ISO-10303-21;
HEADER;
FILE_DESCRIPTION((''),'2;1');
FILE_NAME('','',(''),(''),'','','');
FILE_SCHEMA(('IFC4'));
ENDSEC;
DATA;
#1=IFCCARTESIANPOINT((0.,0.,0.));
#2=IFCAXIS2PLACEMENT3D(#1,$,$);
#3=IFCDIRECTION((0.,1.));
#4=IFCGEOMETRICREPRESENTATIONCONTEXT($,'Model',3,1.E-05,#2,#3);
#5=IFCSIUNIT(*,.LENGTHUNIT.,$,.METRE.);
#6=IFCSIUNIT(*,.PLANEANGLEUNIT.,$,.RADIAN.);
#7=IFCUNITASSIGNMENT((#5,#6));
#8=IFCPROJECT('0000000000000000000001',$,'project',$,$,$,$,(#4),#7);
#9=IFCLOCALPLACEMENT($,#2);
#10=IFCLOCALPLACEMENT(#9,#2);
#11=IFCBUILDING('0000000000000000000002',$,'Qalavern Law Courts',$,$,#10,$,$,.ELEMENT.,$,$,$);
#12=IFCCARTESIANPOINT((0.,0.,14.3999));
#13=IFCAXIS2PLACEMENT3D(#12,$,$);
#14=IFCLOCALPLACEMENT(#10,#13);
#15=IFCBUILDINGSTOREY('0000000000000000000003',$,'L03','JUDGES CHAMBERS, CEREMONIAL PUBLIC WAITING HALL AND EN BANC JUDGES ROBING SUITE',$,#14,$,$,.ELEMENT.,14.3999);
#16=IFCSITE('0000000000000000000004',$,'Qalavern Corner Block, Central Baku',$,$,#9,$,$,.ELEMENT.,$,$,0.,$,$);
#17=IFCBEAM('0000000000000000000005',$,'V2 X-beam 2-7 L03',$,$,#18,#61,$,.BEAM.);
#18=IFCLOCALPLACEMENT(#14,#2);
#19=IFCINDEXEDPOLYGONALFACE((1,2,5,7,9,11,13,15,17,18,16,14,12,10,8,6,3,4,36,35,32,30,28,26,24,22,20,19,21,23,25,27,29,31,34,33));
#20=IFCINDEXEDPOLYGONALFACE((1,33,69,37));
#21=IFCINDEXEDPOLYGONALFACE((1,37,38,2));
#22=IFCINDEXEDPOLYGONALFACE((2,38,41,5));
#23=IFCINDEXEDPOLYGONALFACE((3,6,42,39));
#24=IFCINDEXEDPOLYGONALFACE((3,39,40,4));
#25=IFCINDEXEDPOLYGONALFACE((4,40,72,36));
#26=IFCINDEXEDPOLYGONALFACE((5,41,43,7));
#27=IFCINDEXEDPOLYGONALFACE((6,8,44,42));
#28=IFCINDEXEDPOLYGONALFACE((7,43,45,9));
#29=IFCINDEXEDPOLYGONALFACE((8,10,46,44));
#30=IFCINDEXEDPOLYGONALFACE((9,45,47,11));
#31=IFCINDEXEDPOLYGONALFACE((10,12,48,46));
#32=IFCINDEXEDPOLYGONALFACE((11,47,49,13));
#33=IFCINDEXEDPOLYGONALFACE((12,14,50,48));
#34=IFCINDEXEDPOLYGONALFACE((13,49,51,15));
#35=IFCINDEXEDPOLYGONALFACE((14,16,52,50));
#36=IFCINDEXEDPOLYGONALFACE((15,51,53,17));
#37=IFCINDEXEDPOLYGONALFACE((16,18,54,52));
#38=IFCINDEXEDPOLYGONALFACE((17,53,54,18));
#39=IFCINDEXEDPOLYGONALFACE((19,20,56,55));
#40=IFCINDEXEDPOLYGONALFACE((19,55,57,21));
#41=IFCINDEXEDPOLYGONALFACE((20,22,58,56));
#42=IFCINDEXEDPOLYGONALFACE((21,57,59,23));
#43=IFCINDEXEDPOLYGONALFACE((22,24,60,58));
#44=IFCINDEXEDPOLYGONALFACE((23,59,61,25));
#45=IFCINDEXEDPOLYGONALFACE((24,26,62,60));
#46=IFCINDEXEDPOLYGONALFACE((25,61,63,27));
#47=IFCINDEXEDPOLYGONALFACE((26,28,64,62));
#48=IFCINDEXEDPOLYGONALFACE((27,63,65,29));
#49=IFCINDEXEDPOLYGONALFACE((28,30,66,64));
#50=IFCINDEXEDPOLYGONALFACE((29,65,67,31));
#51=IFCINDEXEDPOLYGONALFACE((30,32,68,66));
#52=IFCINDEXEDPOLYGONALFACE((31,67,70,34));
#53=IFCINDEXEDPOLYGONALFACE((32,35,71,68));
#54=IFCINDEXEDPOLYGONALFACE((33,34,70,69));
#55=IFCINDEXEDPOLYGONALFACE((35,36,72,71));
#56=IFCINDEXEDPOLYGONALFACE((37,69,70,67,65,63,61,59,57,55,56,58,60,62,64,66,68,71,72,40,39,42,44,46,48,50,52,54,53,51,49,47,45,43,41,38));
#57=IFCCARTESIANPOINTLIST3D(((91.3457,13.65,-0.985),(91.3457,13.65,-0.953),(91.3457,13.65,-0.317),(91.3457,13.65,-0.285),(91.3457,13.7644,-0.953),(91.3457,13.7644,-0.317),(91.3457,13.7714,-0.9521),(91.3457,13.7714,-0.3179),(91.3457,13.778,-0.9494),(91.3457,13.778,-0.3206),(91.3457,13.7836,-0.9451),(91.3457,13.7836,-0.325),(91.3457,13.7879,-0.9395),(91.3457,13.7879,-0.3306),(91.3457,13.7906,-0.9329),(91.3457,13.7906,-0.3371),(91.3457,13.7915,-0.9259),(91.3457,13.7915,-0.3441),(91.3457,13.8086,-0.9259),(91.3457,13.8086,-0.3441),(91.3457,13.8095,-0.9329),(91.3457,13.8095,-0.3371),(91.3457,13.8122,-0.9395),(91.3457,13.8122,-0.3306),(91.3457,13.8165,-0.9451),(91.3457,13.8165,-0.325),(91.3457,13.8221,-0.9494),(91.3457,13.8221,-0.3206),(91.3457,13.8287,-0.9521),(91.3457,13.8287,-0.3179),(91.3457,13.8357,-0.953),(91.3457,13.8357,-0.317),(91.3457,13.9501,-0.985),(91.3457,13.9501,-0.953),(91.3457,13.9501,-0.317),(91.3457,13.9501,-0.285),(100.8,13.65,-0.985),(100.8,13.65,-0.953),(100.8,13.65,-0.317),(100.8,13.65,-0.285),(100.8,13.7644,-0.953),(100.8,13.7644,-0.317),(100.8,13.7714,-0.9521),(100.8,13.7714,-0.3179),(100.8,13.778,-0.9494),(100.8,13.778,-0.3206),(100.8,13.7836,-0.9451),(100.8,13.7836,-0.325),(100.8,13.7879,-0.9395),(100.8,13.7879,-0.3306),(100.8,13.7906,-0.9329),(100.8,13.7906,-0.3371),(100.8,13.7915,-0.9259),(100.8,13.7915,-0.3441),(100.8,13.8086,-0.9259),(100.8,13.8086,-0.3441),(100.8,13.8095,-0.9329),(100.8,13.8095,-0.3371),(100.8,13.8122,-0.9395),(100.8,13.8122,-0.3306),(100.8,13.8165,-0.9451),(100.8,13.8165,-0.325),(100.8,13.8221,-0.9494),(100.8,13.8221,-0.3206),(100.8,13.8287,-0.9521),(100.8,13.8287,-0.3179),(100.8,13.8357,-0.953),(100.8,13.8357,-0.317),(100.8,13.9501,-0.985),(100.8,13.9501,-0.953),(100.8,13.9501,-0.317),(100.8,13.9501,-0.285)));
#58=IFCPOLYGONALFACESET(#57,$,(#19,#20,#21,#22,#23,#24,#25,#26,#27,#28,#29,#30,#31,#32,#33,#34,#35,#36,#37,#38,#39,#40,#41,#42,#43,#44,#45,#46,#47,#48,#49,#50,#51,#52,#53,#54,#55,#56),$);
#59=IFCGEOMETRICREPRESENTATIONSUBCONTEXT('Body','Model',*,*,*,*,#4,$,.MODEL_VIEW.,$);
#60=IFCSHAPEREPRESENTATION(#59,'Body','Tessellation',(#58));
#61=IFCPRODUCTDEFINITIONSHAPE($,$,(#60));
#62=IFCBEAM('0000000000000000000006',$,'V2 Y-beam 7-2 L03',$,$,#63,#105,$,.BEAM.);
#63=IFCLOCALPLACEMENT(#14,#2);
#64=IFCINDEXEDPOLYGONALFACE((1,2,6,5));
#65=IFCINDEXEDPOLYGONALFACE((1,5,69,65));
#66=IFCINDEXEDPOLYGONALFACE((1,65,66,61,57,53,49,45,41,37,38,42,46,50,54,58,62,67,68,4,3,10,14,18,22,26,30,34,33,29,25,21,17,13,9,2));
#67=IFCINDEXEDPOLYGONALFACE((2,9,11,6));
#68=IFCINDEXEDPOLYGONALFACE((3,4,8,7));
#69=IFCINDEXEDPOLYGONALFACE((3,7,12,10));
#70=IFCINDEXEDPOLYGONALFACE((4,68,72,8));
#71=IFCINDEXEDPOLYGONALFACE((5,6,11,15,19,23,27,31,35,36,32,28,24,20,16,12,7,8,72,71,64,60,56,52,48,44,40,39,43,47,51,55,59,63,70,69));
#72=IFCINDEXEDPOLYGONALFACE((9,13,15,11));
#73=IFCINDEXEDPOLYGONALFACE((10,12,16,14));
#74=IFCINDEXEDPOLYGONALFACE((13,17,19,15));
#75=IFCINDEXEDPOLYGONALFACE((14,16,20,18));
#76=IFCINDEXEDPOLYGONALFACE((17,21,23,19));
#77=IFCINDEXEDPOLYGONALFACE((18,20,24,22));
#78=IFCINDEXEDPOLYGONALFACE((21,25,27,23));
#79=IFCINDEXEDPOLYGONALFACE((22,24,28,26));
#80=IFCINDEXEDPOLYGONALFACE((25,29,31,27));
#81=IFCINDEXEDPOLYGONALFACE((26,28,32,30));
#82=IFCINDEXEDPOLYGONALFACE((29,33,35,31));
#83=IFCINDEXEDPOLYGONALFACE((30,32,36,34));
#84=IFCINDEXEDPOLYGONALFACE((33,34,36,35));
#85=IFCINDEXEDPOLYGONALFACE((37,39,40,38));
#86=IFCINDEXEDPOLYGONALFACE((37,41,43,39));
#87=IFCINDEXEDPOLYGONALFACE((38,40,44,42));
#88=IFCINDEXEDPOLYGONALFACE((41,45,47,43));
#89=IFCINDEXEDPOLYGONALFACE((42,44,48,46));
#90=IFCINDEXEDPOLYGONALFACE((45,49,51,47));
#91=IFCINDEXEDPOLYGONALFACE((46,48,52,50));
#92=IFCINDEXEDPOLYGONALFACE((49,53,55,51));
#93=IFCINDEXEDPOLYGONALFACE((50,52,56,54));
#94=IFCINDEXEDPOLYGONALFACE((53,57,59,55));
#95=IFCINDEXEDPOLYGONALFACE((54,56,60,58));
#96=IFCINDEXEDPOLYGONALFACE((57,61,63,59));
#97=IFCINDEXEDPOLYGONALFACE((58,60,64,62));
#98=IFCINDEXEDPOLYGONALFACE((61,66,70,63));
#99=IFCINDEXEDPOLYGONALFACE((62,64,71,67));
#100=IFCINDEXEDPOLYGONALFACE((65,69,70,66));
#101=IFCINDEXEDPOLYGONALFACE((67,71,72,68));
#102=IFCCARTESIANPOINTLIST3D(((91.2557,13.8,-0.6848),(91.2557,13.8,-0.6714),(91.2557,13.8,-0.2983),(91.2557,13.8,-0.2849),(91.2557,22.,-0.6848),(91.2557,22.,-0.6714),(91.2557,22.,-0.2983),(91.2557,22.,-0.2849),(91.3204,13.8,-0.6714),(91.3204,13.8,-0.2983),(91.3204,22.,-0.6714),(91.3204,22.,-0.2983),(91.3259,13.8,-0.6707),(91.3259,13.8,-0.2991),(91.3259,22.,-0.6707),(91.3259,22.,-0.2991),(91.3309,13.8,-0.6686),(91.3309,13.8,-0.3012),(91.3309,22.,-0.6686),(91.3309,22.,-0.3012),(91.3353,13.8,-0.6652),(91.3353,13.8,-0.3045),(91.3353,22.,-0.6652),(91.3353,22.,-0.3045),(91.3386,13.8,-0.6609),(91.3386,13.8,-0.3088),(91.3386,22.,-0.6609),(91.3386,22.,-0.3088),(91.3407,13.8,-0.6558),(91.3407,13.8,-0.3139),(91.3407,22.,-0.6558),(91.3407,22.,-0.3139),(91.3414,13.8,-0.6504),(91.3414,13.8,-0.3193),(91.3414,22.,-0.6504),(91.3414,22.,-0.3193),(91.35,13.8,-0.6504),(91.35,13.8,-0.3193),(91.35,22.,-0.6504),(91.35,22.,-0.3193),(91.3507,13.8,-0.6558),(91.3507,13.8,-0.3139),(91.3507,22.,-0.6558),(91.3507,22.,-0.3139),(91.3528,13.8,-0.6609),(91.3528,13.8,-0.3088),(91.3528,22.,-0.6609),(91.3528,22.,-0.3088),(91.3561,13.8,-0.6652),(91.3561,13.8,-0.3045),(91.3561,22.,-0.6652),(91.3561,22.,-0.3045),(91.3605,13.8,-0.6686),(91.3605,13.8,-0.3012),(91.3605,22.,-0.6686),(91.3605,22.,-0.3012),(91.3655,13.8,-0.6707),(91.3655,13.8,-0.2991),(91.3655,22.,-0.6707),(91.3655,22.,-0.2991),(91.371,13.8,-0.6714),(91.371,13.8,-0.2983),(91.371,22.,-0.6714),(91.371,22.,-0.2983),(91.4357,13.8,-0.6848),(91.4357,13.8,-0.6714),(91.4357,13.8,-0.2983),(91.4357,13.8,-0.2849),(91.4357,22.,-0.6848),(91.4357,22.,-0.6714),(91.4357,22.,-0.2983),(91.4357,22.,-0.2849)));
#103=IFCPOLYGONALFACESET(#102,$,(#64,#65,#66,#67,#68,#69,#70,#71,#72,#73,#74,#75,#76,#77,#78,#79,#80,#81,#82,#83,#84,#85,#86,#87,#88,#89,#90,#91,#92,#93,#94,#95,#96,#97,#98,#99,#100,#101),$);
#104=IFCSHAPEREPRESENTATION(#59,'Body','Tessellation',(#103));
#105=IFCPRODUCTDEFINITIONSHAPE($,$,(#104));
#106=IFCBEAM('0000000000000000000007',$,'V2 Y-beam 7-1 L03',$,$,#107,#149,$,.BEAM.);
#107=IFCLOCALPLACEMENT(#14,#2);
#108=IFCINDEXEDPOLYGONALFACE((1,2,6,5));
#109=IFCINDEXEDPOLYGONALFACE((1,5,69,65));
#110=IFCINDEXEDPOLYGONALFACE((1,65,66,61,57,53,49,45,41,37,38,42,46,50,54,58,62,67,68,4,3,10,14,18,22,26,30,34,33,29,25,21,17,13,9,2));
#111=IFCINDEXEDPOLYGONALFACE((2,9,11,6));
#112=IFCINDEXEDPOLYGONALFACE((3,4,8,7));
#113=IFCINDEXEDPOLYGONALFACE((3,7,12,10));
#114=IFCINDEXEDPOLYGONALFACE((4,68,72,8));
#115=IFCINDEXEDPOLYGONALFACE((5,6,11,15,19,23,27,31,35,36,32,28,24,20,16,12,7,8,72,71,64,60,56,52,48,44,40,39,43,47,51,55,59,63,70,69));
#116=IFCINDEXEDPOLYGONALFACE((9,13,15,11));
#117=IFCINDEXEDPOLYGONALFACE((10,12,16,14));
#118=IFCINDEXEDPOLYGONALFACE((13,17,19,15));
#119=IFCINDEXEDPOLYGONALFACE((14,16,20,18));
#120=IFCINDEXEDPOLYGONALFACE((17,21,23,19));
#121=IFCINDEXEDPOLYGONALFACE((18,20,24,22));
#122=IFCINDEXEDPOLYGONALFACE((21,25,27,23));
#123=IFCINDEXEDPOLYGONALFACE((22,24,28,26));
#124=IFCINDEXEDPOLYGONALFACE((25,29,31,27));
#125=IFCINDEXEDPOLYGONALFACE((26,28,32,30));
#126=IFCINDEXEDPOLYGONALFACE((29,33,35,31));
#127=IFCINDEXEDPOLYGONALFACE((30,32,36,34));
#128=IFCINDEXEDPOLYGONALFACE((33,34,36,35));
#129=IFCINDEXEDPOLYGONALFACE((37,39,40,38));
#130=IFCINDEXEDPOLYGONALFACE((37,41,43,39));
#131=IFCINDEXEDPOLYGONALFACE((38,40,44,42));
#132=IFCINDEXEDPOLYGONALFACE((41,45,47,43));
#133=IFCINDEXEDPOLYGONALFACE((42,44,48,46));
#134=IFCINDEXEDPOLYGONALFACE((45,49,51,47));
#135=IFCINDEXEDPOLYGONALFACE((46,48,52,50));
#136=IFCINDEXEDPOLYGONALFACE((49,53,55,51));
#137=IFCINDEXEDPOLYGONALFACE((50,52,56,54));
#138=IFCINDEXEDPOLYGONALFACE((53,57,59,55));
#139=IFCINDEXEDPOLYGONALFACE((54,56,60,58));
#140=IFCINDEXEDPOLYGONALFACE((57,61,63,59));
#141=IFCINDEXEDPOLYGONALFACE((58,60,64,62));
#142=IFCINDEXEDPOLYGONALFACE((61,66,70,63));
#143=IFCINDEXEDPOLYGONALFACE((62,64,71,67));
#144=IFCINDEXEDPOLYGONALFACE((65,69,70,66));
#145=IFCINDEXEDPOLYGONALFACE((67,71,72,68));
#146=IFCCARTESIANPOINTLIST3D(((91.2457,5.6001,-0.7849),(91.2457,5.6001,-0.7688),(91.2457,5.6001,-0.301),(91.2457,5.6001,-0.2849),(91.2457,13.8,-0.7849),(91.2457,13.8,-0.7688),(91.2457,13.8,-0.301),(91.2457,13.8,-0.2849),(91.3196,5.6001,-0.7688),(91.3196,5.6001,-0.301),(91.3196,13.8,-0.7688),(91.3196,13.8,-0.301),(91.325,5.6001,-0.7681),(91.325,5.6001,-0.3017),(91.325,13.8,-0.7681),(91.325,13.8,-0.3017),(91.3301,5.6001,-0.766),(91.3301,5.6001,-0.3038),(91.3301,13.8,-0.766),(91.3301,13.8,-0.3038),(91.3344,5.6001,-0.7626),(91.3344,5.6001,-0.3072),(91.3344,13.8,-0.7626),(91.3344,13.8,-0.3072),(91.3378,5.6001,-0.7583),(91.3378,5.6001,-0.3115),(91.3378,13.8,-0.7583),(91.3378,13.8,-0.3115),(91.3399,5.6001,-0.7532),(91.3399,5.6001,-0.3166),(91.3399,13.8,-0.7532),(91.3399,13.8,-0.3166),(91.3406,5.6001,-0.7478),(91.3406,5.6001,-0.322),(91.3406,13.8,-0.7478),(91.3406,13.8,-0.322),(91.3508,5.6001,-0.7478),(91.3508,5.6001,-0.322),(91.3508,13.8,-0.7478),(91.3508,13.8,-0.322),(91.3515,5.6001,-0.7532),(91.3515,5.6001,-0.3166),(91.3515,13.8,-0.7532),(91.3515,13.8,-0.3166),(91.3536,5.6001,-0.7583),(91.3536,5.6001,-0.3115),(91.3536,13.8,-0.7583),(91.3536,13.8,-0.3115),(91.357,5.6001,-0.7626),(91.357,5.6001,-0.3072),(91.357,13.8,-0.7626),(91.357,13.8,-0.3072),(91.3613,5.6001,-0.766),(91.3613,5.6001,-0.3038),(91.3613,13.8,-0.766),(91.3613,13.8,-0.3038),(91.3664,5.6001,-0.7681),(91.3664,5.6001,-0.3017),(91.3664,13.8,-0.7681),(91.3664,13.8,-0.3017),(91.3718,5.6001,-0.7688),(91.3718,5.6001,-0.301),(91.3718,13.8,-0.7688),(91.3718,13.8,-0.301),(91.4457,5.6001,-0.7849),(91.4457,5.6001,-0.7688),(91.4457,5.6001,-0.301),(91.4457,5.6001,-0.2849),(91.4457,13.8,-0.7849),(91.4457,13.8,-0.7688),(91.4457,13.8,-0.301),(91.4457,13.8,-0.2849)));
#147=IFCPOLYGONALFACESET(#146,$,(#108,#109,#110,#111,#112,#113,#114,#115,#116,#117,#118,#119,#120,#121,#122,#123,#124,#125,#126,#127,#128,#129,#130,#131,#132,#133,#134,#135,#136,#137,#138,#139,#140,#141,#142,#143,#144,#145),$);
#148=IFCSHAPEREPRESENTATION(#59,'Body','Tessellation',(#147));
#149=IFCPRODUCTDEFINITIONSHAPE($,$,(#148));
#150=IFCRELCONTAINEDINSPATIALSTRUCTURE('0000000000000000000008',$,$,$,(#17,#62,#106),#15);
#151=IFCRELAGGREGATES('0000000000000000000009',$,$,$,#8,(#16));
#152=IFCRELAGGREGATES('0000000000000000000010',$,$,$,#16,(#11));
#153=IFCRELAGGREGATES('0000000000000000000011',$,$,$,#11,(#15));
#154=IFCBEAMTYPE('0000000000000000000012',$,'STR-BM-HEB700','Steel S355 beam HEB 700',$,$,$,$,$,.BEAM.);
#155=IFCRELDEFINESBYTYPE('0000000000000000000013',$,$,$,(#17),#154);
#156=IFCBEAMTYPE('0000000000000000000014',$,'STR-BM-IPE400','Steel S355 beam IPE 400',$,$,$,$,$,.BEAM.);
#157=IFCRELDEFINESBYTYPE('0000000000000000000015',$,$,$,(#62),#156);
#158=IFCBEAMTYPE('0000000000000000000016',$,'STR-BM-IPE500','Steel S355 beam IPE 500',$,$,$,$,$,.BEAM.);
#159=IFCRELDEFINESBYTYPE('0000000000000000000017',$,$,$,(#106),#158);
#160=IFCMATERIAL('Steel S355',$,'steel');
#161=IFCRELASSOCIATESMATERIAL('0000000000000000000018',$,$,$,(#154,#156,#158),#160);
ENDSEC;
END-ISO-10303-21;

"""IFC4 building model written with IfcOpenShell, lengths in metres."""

from ifc_helpers import new_model, si_unit, direction, frame, origin, origin_2d, place, context, subcontext, project, spatial, i_section, extrude, material, material_profile, profile_set, type_object, element, save


model = new_model("IFC4")

# Units and contexts
model_context = context("Model", 3, precision=1e-05, world=origin(), true_north=direction((0.0, 1.0)))
body_context = subcontext(model_context, "Body", "Model", "MODEL_VIEW")
ifc_project = project(units=[si_unit("LENGTHUNIT", "METRE"), si_unit("PLANEANGLEUNIT", "RADIAN")], contexts=[model_context])

# Site, building, storey
site_placement = place(None, origin())
site = spatial("IfcSite", under=ifc_project, at=site_placement, Name="Qalavern Corner Block, Central Baku", CompositionType="ELEMENT", RefElevation=0.0)
building_placement = place(site_placement, origin())
building = spatial("IfcBuilding", under=site, at=building_placement, Name="Qalavern Law Courts", CompositionType="ELEMENT")
storey_placement = place(building_placement, frame((0.0, 0.0, 14.3999)))
storey = spatial("IfcBuildingStorey", under=building, at=storey_placement, Name="L03", Description="JUDGES CHAMBERS, CEREMONIAL PUBLIC WAITING HALL AND EN BANC JUDGES ROBING SUITE", CompositionType="ELEMENT", Elevation=14.3999)

# Beams
ifc_material_1 = material(Name="Steel S355", Category="steel")
ifc_material_profile_1 = material_profile(ifc_material_1, i_section(OverallWidth=0.3, OverallDepth=0.7, WebThickness=0.0171, FlangeThickness=0.032, FilletRadius=0.0271, at=origin_2d()), Name="HEB 700")
ifc_profile_set_1 = profile_set([ifc_material_profile_1], Name="Steel S355")
beam_type_1 = type_object("IfcBeamType", Name="STR-BM-HEB700", Description="Steel S355 beam HEB 700", PredefinedType="BEAM", material=ifc_profile_set_1)
beam_1_placement = place(storey_placement, frame((91.3457, 13.8, -0.635), z_axis=(1.0, 0.0, 0.0), x_axis=(0.0, 1.0, 0.0)))
element("IfcBeam", 1, at=beam_1_placement, inside=storey, type_object=beam_type_1, Name="V2 X-beam 2-7 L03", PredefinedType="BEAM", context=body_context, shape_type="SweptSolid", body=[
    extrude(i_section(OverallWidth=0.3, OverallDepth=0.7, WebThickness=0.0171, FlangeThickness=0.032, FilletRadius=0.0271, at=origin_2d()), origin(), (0.0, 0.0, 1.0), 9.4543),
])
ifc_material_profile_2 = material_profile(ifc_material_1, i_section(OverallWidth=0.1799, OverallDepth=0.3999, WebThickness=0.0085, FlangeThickness=0.0134, FilletRadius=0.021, at=origin_2d()), Name="IPE 400")
ifc_profile_set_2 = profile_set([ifc_material_profile_2], Name="Steel S355")
beam_type_2 = type_object("IfcBeamType", Name="STR-BM-IPE400", Description="Steel S355 beam IPE 400", PredefinedType="BEAM", material=ifc_profile_set_2)
beam_2_placement = place(storey_placement, frame((91.3457, 13.8, -0.4849), z_axis=(0.0, 1.0, 0.0), x_axis=(-1.0, 0.0, 0.0)))
element("IfcBeam", 2, at=beam_2_placement, inside=storey, type_object=beam_type_2, Name="V2 Y-beam 7-2 L03", PredefinedType="BEAM", context=body_context, shape_type="SweptSolid", body=[
    extrude(i_section(OverallWidth=0.1799, OverallDepth=0.3999, WebThickness=0.0085, FlangeThickness=0.0134, FilletRadius=0.021, at=origin_2d()), origin(), (0.0, 0.0, 1.0), 8.2),
])
ifc_material_profile_3 = material_profile(ifc_material_1, i_section(OverallWidth=0.2, OverallDepth=0.5, WebThickness=0.0103, FlangeThickness=0.0161, FilletRadius=0.021, at=origin_2d()), Name="IPE 500")
ifc_profile_set_3 = profile_set([ifc_material_profile_3], Name="Steel S355")
beam_type_3 = type_object("IfcBeamType", Name="STR-BM-IPE500", Description="Steel S355 beam IPE 500", PredefinedType="BEAM", material=ifc_profile_set_3)
beam_3_placement = place(storey_placement, frame((91.3457, 5.6001, -0.5349), z_axis=(0.0, 1.0, 0.0), x_axis=(-1.0, 0.0, 0.0)))
element("IfcBeam", 3, at=beam_3_placement, inside=storey, type_object=beam_type_3, Name="V2 Y-beam 7-1 L03", PredefinedType="BEAM", context=body_context, shape_type="SweptSolid", body=[
    extrude(i_section(OverallWidth=0.2, OverallDepth=0.5, WebThickness=0.0103, FlangeThickness=0.0161, FilletRadius=0.021, at=origin_2d()), origin(), (0.0, 0.0, 1.0), 8.2),
])

save(model, "model.ifc")
